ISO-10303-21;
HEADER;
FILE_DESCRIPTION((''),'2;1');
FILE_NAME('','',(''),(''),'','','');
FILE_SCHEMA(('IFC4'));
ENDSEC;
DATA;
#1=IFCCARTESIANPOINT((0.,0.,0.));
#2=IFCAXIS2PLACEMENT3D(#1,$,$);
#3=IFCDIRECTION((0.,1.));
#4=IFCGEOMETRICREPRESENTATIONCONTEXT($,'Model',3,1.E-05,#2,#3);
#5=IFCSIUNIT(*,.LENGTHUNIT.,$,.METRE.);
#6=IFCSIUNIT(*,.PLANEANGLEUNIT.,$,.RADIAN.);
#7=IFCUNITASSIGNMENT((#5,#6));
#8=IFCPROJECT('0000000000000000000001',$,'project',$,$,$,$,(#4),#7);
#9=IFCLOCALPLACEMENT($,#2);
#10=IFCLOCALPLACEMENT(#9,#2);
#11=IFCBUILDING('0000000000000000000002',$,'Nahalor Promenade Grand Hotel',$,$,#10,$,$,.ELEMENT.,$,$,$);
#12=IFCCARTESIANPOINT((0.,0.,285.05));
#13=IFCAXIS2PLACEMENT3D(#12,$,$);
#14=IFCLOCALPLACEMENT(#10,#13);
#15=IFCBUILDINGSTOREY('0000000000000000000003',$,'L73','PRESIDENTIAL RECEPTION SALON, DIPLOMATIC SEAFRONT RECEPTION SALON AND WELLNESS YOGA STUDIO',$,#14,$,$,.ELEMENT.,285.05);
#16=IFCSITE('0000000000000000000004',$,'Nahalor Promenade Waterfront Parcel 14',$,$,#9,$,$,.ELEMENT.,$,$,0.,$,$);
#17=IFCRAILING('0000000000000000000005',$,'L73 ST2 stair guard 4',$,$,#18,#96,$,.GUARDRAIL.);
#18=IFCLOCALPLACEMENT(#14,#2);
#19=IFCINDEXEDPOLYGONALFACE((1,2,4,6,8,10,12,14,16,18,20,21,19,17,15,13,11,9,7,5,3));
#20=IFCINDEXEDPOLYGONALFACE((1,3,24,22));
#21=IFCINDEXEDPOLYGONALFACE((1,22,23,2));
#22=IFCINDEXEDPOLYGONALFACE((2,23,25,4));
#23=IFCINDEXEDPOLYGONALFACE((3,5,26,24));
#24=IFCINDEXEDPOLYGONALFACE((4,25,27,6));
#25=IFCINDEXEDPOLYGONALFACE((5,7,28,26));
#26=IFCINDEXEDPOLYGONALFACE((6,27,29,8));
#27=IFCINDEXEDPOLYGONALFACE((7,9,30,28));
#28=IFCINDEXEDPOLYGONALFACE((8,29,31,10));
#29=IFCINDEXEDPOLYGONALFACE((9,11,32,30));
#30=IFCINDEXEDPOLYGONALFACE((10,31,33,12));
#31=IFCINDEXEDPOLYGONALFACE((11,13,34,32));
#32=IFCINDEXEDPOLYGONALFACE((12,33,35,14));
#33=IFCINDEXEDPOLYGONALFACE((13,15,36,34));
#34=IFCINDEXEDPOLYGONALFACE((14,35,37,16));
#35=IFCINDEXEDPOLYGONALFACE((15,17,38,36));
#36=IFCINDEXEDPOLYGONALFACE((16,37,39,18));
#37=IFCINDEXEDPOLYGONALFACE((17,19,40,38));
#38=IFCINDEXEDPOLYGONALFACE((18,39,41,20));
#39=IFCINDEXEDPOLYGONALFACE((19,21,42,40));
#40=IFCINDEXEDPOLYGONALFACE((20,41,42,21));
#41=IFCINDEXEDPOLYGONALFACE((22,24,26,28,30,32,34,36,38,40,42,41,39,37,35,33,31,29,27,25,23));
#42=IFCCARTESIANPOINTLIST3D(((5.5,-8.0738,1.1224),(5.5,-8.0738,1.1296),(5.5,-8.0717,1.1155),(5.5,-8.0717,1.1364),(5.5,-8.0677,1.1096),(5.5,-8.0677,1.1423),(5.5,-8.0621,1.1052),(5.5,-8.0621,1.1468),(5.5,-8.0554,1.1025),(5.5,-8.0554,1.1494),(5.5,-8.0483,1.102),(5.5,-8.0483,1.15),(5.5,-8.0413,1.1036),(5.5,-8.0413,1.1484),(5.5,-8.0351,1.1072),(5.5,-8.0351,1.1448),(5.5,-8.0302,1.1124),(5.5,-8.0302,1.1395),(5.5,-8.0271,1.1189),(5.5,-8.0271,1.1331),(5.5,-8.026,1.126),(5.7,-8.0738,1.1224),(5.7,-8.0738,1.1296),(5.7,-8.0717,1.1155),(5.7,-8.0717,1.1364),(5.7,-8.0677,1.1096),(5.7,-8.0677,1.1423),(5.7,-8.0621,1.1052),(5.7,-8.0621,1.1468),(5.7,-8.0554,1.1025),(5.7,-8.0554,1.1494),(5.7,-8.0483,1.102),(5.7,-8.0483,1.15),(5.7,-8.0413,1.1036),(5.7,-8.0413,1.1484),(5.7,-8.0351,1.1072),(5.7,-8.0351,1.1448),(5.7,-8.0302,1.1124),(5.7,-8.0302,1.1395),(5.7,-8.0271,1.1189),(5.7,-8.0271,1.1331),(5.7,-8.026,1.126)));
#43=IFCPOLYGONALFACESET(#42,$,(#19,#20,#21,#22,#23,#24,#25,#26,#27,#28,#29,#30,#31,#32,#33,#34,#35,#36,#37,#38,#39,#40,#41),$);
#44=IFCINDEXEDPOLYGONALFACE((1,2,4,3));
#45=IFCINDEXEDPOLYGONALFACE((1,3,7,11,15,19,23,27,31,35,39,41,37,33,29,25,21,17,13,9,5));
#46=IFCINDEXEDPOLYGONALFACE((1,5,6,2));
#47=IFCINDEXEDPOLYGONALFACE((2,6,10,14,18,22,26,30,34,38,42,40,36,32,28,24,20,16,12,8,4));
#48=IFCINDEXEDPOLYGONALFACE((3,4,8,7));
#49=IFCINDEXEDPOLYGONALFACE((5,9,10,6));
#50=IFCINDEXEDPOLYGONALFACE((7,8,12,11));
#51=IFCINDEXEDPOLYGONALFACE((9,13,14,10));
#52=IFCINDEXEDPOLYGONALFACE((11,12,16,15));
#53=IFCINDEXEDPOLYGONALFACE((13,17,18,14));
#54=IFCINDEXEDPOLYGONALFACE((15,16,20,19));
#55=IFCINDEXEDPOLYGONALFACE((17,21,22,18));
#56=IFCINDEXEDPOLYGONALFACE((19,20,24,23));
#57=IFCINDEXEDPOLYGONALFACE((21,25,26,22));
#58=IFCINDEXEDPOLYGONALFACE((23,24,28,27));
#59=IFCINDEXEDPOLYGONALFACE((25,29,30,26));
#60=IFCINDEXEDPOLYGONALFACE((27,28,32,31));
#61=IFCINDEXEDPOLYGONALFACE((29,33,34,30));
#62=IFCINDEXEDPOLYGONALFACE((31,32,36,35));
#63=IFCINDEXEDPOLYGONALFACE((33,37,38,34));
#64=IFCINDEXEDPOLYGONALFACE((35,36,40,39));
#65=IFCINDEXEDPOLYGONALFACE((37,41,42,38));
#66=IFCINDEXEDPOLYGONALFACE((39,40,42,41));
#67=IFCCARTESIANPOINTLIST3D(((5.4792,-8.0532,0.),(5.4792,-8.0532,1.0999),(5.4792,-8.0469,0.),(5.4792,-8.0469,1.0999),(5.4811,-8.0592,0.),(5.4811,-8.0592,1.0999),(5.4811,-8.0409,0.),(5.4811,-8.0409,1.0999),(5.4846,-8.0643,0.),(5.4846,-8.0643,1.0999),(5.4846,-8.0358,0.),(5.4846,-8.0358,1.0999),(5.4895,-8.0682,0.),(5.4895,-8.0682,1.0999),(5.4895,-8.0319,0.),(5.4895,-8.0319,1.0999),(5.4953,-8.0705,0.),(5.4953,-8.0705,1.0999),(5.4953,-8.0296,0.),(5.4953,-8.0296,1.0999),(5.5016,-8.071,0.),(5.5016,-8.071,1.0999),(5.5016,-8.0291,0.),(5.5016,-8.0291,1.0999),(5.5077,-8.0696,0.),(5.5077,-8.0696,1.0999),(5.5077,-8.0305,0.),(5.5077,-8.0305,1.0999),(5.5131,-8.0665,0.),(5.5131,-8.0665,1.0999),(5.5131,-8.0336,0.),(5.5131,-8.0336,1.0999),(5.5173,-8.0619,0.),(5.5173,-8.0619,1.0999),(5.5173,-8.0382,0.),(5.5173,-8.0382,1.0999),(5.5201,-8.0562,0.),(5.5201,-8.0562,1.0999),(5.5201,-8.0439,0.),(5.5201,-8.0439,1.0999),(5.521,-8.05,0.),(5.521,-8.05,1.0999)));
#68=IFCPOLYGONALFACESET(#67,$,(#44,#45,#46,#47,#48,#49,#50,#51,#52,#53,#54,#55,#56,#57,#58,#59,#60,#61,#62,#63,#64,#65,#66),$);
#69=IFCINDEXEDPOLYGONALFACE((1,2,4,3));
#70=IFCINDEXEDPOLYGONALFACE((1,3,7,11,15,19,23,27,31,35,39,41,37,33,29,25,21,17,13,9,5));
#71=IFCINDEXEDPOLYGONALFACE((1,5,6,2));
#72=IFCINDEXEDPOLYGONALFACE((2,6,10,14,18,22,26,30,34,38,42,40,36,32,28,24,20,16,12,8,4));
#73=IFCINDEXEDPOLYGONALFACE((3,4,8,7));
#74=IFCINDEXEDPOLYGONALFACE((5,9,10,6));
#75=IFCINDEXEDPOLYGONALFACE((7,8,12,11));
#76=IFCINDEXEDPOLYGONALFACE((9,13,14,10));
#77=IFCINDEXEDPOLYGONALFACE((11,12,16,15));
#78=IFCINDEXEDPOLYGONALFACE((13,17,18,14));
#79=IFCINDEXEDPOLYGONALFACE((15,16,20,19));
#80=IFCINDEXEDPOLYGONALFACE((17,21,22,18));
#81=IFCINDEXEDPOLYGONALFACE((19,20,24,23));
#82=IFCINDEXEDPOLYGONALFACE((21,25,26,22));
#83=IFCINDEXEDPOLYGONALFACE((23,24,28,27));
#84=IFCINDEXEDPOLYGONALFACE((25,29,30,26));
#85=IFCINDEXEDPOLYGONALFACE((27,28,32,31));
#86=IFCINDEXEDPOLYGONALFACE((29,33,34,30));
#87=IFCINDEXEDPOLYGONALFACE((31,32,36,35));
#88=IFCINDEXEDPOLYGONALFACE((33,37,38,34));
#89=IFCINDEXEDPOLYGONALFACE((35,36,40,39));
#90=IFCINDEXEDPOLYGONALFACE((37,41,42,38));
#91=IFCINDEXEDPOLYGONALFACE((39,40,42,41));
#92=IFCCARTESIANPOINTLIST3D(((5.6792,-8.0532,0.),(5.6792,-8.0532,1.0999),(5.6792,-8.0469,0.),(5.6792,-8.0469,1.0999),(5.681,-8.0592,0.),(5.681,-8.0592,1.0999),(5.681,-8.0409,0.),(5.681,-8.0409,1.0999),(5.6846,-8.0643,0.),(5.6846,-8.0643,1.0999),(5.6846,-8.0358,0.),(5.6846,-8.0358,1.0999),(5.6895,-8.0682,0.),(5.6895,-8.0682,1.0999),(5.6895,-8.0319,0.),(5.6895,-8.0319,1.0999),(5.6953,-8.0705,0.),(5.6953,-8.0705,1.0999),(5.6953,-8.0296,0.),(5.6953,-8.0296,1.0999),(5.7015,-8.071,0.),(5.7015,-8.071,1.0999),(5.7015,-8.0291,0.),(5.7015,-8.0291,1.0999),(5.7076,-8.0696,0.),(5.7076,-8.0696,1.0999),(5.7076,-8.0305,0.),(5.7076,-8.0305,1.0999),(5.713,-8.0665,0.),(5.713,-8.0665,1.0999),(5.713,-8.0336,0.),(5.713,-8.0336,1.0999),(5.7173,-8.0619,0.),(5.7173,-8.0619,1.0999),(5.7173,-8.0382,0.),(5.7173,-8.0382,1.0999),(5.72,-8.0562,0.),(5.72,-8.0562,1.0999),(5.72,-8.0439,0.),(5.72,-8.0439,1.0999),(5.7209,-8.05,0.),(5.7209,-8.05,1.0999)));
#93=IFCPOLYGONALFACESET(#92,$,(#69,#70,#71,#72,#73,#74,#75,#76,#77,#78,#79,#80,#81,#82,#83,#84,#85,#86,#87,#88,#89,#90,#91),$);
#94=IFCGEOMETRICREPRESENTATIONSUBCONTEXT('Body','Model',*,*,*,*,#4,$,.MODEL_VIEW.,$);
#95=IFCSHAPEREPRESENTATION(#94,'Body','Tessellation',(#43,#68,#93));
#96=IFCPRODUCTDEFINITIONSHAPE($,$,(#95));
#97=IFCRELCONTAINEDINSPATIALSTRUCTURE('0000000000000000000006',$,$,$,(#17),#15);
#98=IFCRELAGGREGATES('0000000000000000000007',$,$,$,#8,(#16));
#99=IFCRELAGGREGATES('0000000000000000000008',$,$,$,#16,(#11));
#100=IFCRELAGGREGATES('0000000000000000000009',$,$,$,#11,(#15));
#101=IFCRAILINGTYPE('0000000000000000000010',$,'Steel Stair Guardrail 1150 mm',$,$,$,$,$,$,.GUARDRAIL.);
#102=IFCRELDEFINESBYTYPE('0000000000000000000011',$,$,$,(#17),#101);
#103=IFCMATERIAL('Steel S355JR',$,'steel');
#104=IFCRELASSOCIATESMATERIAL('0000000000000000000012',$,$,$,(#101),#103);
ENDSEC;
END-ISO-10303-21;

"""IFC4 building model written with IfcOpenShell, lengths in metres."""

from ifc_helpers import new_model, si_unit, direction, frame, origin, origin_2d, place, context, subcontext, project, spatial, circle, extrude, material, type_object, element, save


model = new_model("IFC4")

# Units and contexts
model_context = context("Model", 3, precision=1e-05, world=origin(), true_north=direction((0.0, 1.0)))
body_context = subcontext(model_context, "Body", "Model", "MODEL_VIEW")
ifc_project = project(units=[si_unit("LENGTHUNIT", "METRE"), si_unit("PLANEANGLEUNIT", "RADIAN")], contexts=[model_context])

# Site, building, storey
site_placement = place(None, origin())
site = spatial("IfcSite", under=ifc_project, at=site_placement, Name="Nahalor Promenade Waterfront Parcel 14", CompositionType="ELEMENT", RefElevation=0.0)
building_placement = place(site_placement, origin())
building = spatial("IfcBuilding", under=site, at=building_placement, Name="Nahalor Promenade Grand Hotel", CompositionType="ELEMENT")
storey_placement = place(building_placement, frame((0.0, 0.0, 285.05)))
storey = spatial("IfcBuildingStorey", under=building, at=storey_placement, Name="L73", Description="PRESIDENTIAL RECEPTION SALON, DIPLOMATIC SEAFRONT RECEPTION SALON AND WELLNESS YOGA STUDIO", CompositionType="ELEMENT", Elevation=285.05)

# Shared definitions
ifc_material_1 = material(Name="Steel S355JR", Category="steel")

# Railing
railing_type_1 = type_object("IfcRailingType", Name="Steel Stair Guardrail 1150 mm", PredefinedType="GUARDRAIL", material=ifc_material_1)
railing_1_placement = place(storey_placement, frame((5.5, -8.05, 0.0)))
element("IfcRailing", 1, at=railing_1_placement, inside=storey, type_object=railing_type_1, Name="L73 ST2 stair guard 4", PredefinedType="GUARDRAIL", context=body_context, shape_type="SweptSolid", body=[
    extrude(circle(Radius=0.024, at=origin_2d()), frame((0.0, 0.0, 1.126), z_axis=(1.0, 0.0, 0.0), x_axis=(0.0, 1.0, 0.0)), (0.0, 0.0, 1.0), 0.2),
    extrude(circle(Radius=0.021, at=origin_2d()), origin(), (0.0, 0.0, 1.0), 1.0999),
    extrude(circle(Radius=0.021, at=origin_2d()), frame((0.2, 0.0, 0.0)), (0.0, 0.0, 1.0), 1.0999),
])

save(model, "model.ifc")
